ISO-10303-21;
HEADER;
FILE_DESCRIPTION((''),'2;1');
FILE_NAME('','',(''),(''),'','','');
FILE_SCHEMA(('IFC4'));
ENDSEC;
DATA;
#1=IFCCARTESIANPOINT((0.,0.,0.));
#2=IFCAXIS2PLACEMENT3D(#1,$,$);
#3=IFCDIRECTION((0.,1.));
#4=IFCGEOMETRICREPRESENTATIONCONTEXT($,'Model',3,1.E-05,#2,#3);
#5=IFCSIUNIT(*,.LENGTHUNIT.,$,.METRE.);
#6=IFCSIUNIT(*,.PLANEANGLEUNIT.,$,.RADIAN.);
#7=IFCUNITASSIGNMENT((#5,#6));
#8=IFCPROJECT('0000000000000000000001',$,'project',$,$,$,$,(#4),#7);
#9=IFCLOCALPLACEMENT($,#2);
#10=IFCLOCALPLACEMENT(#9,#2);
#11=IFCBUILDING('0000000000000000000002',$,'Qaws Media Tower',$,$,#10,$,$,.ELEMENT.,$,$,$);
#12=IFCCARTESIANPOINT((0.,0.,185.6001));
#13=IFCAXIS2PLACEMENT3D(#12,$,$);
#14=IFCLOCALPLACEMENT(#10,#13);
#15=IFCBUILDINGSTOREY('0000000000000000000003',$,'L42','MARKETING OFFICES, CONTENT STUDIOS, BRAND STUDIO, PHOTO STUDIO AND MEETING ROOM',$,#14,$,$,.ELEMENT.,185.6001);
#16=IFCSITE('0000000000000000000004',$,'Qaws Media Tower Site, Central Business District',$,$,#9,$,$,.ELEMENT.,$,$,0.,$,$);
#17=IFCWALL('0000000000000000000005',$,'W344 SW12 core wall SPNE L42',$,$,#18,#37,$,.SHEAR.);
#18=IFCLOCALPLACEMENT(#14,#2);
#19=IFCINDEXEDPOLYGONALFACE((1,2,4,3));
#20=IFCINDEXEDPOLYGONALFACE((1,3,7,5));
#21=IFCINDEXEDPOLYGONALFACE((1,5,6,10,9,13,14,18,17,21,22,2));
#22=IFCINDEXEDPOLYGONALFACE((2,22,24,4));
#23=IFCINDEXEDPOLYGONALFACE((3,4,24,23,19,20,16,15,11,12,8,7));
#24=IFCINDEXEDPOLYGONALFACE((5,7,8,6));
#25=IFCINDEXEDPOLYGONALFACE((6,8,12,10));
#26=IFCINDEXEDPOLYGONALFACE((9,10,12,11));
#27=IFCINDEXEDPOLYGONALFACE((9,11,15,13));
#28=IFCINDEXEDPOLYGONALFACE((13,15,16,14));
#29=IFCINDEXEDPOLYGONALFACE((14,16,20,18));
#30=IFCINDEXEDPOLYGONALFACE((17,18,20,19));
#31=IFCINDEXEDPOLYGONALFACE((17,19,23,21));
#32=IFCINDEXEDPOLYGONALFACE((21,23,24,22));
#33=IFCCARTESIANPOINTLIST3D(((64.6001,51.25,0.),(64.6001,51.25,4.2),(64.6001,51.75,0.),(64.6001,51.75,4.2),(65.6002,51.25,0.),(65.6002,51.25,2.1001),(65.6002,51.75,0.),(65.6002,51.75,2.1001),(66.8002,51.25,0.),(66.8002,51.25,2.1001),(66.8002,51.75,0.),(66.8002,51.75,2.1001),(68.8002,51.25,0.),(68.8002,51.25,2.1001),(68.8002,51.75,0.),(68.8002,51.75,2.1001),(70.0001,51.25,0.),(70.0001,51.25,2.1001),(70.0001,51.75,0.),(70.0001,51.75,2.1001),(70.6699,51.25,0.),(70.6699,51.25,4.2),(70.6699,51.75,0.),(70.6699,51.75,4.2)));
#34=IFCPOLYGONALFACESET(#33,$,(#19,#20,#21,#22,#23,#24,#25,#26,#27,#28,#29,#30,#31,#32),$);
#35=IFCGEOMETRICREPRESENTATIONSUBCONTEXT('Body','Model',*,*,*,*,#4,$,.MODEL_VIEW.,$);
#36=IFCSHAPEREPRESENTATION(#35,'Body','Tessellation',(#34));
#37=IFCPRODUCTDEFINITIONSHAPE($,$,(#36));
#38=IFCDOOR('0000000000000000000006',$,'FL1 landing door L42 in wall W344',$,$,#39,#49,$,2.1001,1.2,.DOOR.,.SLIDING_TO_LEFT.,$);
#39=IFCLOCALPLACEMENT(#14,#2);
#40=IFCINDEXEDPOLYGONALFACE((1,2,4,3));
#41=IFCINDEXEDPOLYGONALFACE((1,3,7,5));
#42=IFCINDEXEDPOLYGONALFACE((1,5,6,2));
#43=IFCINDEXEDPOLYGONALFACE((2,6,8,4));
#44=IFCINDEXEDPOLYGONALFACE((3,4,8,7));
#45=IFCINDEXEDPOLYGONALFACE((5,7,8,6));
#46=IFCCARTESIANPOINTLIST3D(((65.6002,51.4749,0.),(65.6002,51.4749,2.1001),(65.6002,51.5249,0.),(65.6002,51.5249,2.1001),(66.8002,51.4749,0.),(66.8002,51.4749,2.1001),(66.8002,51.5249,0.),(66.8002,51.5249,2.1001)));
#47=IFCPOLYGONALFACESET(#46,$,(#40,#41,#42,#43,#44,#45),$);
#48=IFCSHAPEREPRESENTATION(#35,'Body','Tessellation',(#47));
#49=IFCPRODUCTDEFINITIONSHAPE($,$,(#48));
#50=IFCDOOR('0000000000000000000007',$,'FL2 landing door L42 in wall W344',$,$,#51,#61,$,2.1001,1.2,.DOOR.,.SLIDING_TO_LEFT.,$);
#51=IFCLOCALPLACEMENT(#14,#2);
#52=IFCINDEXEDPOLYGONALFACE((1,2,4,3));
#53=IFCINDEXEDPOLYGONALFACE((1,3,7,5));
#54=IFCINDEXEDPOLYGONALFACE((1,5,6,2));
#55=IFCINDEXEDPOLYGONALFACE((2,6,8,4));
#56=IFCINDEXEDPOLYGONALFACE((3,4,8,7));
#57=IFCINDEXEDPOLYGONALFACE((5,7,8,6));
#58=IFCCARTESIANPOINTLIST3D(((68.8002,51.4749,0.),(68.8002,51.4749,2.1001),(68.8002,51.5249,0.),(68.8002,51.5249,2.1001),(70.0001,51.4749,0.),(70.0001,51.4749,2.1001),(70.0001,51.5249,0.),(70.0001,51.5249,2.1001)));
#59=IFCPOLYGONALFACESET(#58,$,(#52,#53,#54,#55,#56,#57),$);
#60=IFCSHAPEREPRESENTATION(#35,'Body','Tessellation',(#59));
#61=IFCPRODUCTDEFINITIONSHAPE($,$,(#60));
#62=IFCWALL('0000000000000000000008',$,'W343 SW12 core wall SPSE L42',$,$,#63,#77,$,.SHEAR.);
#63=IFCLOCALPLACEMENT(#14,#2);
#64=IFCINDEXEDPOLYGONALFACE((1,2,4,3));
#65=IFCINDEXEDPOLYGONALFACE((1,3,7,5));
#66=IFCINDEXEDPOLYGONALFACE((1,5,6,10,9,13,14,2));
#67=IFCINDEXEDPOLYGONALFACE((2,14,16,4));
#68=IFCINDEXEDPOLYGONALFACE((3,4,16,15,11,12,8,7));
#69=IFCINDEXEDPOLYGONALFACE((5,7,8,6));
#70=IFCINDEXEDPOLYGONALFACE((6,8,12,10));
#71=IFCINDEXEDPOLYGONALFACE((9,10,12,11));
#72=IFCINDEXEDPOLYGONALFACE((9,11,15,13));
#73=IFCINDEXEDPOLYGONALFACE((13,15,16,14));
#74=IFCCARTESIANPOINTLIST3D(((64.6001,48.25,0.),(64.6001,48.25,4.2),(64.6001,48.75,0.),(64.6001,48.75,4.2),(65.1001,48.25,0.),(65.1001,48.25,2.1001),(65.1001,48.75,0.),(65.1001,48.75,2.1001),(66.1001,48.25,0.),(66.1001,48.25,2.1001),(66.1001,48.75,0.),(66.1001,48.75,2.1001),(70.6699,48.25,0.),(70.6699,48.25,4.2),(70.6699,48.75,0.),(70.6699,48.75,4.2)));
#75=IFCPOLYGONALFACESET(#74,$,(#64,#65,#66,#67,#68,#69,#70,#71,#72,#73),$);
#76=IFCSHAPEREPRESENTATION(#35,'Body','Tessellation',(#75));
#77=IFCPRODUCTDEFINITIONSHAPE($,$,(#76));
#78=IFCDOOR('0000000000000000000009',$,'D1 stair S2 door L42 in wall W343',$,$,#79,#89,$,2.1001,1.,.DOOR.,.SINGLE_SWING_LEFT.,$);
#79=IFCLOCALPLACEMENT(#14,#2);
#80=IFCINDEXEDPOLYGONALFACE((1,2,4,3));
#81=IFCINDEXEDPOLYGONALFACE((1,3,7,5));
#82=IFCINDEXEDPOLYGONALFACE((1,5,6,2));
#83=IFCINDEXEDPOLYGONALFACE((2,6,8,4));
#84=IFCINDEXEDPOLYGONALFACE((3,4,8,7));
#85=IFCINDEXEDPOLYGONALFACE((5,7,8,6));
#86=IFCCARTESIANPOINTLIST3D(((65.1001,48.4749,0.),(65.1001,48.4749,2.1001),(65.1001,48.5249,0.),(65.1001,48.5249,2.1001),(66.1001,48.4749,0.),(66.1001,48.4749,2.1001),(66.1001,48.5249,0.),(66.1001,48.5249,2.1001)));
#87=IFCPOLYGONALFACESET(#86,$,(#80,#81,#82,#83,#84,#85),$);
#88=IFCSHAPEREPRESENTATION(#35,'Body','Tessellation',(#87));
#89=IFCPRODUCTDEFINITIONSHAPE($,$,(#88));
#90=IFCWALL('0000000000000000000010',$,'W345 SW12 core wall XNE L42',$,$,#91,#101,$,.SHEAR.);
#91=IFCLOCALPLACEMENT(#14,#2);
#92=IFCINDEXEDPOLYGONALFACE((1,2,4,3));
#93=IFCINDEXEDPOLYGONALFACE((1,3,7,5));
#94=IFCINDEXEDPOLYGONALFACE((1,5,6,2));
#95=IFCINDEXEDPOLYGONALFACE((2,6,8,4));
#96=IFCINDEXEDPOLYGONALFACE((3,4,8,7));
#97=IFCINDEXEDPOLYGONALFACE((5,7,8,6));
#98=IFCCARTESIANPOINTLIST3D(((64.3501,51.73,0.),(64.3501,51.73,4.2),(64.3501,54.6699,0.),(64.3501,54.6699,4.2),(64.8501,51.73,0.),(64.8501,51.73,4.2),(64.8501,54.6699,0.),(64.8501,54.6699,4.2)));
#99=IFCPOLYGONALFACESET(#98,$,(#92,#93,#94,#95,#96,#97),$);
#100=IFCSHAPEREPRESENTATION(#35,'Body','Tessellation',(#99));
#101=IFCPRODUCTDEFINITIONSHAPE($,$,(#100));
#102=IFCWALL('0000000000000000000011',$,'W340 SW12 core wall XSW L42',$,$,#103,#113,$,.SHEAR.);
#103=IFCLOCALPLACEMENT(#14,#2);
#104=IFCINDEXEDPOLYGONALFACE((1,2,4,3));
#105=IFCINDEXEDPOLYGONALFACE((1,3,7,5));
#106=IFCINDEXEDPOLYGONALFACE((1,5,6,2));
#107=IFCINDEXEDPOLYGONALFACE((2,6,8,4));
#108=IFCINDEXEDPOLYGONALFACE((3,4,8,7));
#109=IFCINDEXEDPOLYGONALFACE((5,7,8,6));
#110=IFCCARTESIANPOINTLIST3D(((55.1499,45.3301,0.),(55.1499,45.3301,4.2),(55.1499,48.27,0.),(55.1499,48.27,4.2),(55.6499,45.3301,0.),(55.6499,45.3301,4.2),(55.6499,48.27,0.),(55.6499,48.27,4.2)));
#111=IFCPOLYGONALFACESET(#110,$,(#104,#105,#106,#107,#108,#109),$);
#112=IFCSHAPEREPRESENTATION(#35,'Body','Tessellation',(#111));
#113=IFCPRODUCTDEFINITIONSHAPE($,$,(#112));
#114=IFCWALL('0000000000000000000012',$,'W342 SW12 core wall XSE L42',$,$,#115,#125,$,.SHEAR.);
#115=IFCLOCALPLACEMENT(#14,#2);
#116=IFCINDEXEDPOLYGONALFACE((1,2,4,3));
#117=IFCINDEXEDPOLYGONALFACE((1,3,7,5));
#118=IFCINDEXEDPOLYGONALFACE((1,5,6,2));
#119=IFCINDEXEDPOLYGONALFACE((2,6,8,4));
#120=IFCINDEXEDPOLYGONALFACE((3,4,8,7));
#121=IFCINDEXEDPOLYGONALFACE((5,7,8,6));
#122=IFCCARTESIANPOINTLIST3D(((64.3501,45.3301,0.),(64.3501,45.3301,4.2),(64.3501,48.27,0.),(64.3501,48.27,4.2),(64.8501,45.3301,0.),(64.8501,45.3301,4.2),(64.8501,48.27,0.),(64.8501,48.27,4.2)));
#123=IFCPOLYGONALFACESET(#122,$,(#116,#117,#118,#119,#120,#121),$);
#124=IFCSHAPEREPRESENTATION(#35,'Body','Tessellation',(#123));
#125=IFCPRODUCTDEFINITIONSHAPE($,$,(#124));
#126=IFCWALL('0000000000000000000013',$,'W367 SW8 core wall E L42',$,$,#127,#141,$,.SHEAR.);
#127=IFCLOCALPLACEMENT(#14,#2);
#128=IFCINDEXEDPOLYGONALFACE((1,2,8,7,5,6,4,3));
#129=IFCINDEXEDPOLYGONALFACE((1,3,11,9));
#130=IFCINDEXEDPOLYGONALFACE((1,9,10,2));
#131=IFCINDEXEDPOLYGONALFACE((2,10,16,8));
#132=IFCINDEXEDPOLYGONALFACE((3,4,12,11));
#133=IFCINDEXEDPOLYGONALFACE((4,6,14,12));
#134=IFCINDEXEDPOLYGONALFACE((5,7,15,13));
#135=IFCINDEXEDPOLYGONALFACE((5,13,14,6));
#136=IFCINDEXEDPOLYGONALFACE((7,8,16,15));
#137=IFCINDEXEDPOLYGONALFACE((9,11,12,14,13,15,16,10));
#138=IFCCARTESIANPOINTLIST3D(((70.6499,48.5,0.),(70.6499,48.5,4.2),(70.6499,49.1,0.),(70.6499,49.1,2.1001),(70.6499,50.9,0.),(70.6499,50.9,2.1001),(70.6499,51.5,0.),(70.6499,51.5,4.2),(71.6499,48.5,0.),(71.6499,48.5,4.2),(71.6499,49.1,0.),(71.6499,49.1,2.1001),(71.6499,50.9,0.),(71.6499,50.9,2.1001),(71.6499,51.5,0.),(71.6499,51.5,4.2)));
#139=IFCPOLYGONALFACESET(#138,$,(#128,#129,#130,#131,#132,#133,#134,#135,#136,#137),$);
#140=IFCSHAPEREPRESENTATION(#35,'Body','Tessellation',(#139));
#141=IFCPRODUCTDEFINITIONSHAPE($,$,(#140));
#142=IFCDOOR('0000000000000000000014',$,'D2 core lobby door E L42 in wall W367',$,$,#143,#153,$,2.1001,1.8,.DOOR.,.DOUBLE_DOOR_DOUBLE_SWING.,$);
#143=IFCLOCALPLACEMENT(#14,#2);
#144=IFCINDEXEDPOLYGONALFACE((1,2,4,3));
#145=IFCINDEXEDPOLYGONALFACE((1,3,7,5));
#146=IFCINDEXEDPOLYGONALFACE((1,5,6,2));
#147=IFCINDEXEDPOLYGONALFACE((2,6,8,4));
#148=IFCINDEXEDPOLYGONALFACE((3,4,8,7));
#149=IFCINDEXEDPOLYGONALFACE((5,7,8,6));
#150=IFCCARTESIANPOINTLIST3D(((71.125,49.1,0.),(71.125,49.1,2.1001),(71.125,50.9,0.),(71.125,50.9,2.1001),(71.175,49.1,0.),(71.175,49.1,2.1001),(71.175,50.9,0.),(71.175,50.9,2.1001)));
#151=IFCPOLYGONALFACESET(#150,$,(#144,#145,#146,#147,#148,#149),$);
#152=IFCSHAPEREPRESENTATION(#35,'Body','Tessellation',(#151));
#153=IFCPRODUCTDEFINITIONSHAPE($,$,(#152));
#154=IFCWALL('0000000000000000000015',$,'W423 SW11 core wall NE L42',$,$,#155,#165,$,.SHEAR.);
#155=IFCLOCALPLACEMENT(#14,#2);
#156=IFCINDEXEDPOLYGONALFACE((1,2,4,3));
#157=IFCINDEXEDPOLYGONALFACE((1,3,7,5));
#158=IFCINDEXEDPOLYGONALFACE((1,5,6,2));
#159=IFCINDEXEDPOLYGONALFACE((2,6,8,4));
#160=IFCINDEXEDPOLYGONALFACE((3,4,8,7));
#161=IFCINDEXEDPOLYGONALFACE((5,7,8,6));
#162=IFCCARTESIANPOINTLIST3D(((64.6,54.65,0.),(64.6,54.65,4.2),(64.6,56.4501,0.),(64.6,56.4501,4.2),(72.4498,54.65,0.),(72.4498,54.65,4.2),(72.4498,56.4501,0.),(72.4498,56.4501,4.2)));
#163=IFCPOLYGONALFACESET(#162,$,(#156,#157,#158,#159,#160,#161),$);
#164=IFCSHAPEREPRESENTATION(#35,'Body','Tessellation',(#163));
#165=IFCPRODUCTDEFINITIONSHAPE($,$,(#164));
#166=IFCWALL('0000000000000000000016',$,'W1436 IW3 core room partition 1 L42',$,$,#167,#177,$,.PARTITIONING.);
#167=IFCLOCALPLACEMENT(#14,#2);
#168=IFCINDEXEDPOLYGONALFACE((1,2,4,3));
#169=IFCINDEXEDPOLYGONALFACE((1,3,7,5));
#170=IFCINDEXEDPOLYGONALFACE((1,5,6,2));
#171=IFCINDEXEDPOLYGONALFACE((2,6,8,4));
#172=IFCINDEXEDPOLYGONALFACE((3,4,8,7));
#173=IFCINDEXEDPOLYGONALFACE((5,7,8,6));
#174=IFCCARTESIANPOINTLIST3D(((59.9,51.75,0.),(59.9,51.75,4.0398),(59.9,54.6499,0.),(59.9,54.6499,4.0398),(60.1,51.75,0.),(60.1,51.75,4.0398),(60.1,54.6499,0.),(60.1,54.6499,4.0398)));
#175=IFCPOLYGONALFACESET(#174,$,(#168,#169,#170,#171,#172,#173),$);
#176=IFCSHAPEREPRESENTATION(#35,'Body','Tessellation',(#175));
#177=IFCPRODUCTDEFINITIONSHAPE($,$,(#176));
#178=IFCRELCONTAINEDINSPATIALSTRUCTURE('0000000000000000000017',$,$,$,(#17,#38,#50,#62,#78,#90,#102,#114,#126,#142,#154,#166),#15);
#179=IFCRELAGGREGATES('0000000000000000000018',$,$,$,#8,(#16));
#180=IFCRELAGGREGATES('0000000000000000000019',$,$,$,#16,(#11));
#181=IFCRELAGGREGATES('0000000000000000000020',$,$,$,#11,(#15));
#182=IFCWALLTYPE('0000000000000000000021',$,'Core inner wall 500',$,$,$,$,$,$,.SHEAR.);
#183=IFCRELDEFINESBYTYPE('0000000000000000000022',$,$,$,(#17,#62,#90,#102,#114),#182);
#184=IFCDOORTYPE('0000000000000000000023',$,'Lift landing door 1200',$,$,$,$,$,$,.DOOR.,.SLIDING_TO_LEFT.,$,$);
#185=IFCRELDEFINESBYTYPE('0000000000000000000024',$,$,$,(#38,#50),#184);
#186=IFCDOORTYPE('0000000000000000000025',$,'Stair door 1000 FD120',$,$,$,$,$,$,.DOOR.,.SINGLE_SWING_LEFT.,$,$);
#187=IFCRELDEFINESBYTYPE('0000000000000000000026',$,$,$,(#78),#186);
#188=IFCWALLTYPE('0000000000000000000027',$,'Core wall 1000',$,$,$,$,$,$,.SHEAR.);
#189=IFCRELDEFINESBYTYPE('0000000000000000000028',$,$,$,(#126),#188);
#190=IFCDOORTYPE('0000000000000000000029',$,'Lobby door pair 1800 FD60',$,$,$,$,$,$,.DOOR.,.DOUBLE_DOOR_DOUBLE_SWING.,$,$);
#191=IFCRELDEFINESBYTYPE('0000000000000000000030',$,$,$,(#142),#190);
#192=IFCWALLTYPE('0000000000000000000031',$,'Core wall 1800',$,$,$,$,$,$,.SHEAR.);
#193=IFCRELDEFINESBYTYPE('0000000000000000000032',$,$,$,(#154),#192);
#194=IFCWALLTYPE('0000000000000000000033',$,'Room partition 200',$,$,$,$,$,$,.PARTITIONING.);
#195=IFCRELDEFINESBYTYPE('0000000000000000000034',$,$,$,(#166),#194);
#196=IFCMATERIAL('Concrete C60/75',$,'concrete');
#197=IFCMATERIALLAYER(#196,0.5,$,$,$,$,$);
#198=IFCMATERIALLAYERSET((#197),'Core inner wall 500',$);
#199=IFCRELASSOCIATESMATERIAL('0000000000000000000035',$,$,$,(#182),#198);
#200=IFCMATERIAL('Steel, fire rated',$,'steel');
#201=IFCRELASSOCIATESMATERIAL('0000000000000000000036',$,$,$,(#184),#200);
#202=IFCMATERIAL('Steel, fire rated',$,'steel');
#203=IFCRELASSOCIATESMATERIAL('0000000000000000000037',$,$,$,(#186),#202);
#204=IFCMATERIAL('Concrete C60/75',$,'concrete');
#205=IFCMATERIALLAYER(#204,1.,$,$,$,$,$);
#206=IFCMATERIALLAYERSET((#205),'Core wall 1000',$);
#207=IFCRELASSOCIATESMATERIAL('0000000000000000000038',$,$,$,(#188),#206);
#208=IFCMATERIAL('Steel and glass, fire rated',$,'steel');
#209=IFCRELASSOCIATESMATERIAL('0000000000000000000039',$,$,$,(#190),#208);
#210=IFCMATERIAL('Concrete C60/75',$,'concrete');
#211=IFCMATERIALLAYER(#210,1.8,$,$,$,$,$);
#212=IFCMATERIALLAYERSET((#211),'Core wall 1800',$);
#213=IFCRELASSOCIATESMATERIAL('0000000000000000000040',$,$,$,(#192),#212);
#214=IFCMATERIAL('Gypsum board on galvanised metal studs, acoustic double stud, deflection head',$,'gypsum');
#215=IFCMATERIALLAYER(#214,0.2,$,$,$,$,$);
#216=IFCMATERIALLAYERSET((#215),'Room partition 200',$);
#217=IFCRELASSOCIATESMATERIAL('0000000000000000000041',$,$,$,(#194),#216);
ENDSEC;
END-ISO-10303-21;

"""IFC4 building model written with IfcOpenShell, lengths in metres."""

from ifc_helpers import new_model, si_unit, direction, frame, frame_2d, origin, place, context, subcontext, project, spatial, rectangle, extrude, material, layer, layer_set, type_object, element, fill, save


model = new_model("IFC4")

# Units and contexts
model_context = context("Model", 3, precision=1e-05, world=origin(), true_north=direction((0.0, 1.0)))
body_context = subcontext(model_context, "Body", "Model", "MODEL_VIEW")
ifc_project = project(units=[si_unit("LENGTHUNIT", "METRE"), si_unit("PLANEANGLEUNIT", "RADIAN")], contexts=[model_context])

# Site, building, storey
site_placement = place(None, origin())
site = spatial("IfcSite", under=ifc_project, at=site_placement, Name="Qaws Media Tower Site, Central Business District", CompositionType="ELEMENT", RefElevation=0.0)
building_placement = place(site_placement, origin())
building = spatial("IfcBuilding", under=site, at=building_placement, Name="Qaws Media Tower", CompositionType="ELEMENT")
storey_placement = place(building_placement, frame((0.0, 0.0, 185.6001)))
storey = spatial("IfcBuildingStorey", under=building, at=storey_placement, Name="L42", Description="MARKETING OFFICES, CONTENT STUDIOS, BRAND STUDIO, PHOTO STUDIO AND MEETING ROOM", CompositionType="ELEMENT", Elevation=185.6001)

# Wall, openings, doors
ifc_material_1 = material(Name="Concrete C60/75", Category="concrete")
ifc_layer_1 = layer(ifc_material_1, 0.5)
ifc_layer_set_1 = layer_set([ifc_layer_1], Name="Core inner wall 500")
wall_type_1 = type_object("IfcWallType", Name="Core inner wall 500", PredefinedType="SHEAR", material=ifc_layer_set_1)
wall_1_placement = place(storey_placement, frame((64.6001, 51.5, 0.0), z_axis=(0.0, 0.0, 1.0), x_axis=(1.0, 0.0, 0.0)))
wall_1 = element("IfcWall", 1, at=wall_1_placement, inside=storey, type_object=wall_type_1, Name="W344 SW12 core wall SPNE L42", PredefinedType="SHEAR", context=body_context, shape_type="SweptSolid", body=[
    extrude(rectangle(XDim=6.0698, YDim=0.5, at=frame_2d((3.0349, 0.0))), origin(), (0.0, 0.0, 1.0), 4.2),
])
opening_1_placement = place(wall_1_placement, frame((1.0, 0.0, 0.0)))
opening_1 = element("IfcOpeningElement", 2, at=opening_1_placement, cuts=wall_1, PredefinedType="OPENING", context=body_context, shape_type="SweptSolid", body=[
    extrude(rectangle(XDim=1.2, YDim=2.1001, at=frame_2d((0.6001, 1.05))), frame((0.0, 0.26, 0.0), z_axis=(0.0, -1.0, 0.0), x_axis=(1.0, 0.0, 0.0)), (0.0, 0.0, 1.0), 0.52),
])
opening_2_placement = place(wall_1_placement, frame((4.2, 0.0, 0.0)))
opening_2 = element("IfcOpeningElement", 3, at=opening_2_placement, cuts=wall_1, PredefinedType="OPENING", context=body_context, shape_type="SweptSolid", body=[
    extrude(rectangle(XDim=1.2, YDim=2.1001, at=frame_2d((0.6001, 1.05))), frame((0.0, 0.26, 0.0), z_axis=(0.0, -1.0, 0.0), x_axis=(1.0, 0.0, 0.0)), (0.0, 0.0, 1.0), 0.52),
])
ifc_material_2 = material(Name="Steel, fire rated", Category="steel")
door_type_1 = type_object("IfcDoorType", Name="Lift landing door 1200", OperationType="SLIDING_TO_LEFT", PredefinedType="DOOR", material=ifc_material_2)
door_1_placement = place(opening_1_placement, origin())
door_1 = element("IfcDoor", 4, at=door_1_placement, inside=storey, type_object=door_type_1, Name="FL1 landing door L42 in wall W344", OperationType="SLIDING_TO_LEFT", OverallHeight=2.1001, OverallWidth=1.2, PredefinedType="DOOR", context=body_context, shape_type="SweptSolid", body=[
    extrude(rectangle(XDim=1.2, YDim=2.1001, at=frame_2d((0.6001, 1.05))), frame((0.0, 0.0249, 0.0), z_axis=(0.0, -1.0, 0.0), x_axis=(1.0, 0.0, 0.0)), (0.0, 0.0, 1.0), 0.05),
])
fill(opening_1, door_1)
door_2_placement = place(opening_2_placement, origin())
door_2 = element("IfcDoor", 5, at=door_2_placement, inside=storey, type_object=door_type_1, Name="FL2 landing door L42 in wall W344", OperationType="SLIDING_TO_LEFT", OverallHeight=2.1001, OverallWidth=1.2, PredefinedType="DOOR", context=body_context, shape_type="SweptSolid", body=[
    extrude(rectangle(XDim=1.2, YDim=2.1001, at=frame_2d((0.6001, 1.05))), frame((0.0, 0.0249, 0.0), z_axis=(0.0, -1.0, 0.0), x_axis=(1.0, 0.0, 0.0)), (0.0, 0.0, 1.0), 0.05),
])
fill(opening_2, door_2)

# Wall, opening, door
wall_2_placement = place(storey_placement, frame((64.6001, 48.5, 0.0), z_axis=(0.0, 0.0, 1.0), x_axis=(1.0, 0.0, 0.0)))
wall_2 = element("IfcWall", 6, at=wall_2_placement, inside=storey, type_object=wall_type_1, Name="W343 SW12 core wall SPSE L42", PredefinedType="SHEAR", context=body_context, shape_type="SweptSolid", body=[
    extrude(rectangle(XDim=6.0698, YDim=0.5, at=frame_2d((3.0349, 0.0))), origin(), (0.0, 0.0, 1.0), 4.2),
])
opening_3_placement = place(wall_2_placement, frame((0.5, 0.0, 0.0)))
opening_3 = element("IfcOpeningElement", 7, at=opening_3_placement, cuts=wall_2, PredefinedType="OPENING", context=body_context, shape_type="SweptSolid", body=[
    extrude(rectangle(XDim=1.0, YDim=2.1001, at=frame_2d((0.5, 1.05))), frame((0.0, 0.26, 0.0), z_axis=(0.0, -1.0, 0.0), x_axis=(1.0, 0.0, 0.0)), (0.0, 0.0, 1.0), 0.52),
])
ifc_material_3 = material(Name="Steel, fire rated", Category="steel")
door_type_2 = type_object("IfcDoorType", Name="Stair door 1000 FD120", OperationType="SINGLE_SWING_LEFT", PredefinedType="DOOR", material=ifc_material_3)
door_3_placement = place(opening_3_placement, origin())
door_3 = element("IfcDoor", 8, at=door_3_placement, inside=storey, type_object=door_type_2, Name="D1 stair S2 door L42 in wall W343", OperationType="SINGLE_SWING_LEFT", OverallHeight=2.1001, OverallWidth=1.0, PredefinedType="DOOR", context=body_context, shape_type="SweptSolid", body=[
    extrude(rectangle(XDim=1.0, YDim=2.1001, at=frame_2d((0.5, 1.05))), frame((0.0, 0.0249, 0.0), z_axis=(0.0, -1.0, 0.0), x_axis=(1.0, 0.0, 0.0)), (0.0, 0.0, 1.0), 0.05),
])
fill(opening_3, door_3)

# Walls
for number, where, z_axis, x_axis, name in (
    (9, (64.6001, 51.73, 0.0), (0.0, 0.0, 1.0), (0.0, 1.0, 0.0), "W345 SW12 core wall XNE L42"),
    (10, (55.3999, 48.27, 0.0), (0.0, 0.0, 1.0), (0.0, -1.0, 0.0), "W340 SW12 core wall XSW L42"),
    (11, (64.6001, 48.27, 0.0), (0.0, 0.0, 1.0), (0.0, -1.0, 0.0), "W342 SW12 core wall XSE L42"),
):
    element("IfcWall", number, at=place(storey_placement, frame(where, z_axis=z_axis, x_axis=x_axis)), inside=storey, type_object=wall_type_1, Name=name, PredefinedType="SHEAR", context=body_context, shape_type="SweptSolid", body=[
        extrude(rectangle(XDim=2.9399, YDim=0.5, at=frame_2d((1.47, 0.0))), origin(), (0.0, 0.0, 1.0), 4.2),
    ])

# Wall, opening, door
ifc_material_4 = material(Name="Concrete C60/75", Category="concrete")
ifc_layer_2 = layer(ifc_material_4, 1.0)
ifc_layer_set_2 = layer_set([ifc_layer_2], Name="Core wall 1000")
wall_type_2 = type_object("IfcWallType", Name="Core wall 1000", PredefinedType="SHEAR", material=ifc_layer_set_2)
wall_3_placement = place(storey_placement, frame((71.1499, 48.5, 0.0), z_axis=(0.0, 0.0, 1.0), x_axis=(0.0, 1.0, 0.0)))
wall_3 = element("IfcWall", 12, at=wall_3_placement, inside=storey, type_object=wall_type_2, Name="W367 SW8 core wall E L42", PredefinedType="SHEAR", context=body_context, shape_type="SweptSolid", body=[
    extrude(rectangle(XDim=3.0, YDim=1.0, at=frame_2d((1.5, 0.0))), origin(), (0.0, 0.0, 1.0), 4.2),
])
opening_4_placement = place(wall_3_placement, frame((0.6001, 0.0, 0.0)))
opening_4 = element("IfcOpeningElement", 13, at=opening_4_placement, cuts=wall_3, PredefinedType="OPENING", context=body_context, shape_type="SweptSolid", body=[
    extrude(rectangle(XDim=1.8, YDim=2.1001, at=frame_2d((0.8999, 1.05))), frame((0.0, 0.51, 0.0), z_axis=(0.0, -1.0, 0.0), x_axis=(1.0, 0.0, 0.0)), (0.0, 0.0, 1.0), 1.02),
])
ifc_material_5 = material(Name="Steel and glass, fire rated", Category="steel")
door_type_3 = type_object("IfcDoorType", Name="Lobby door pair 1800 FD60", OperationType="DOUBLE_DOOR_DOUBLE_SWING", PredefinedType="DOOR", material=ifc_material_5)
door_4_placement = place(opening_4_placement, origin())
door_4 = element("IfcDoor", 14, at=door_4_placement, inside=storey, type_object=door_type_3, Name="D2 core lobby door E L42 in wall W367", OperationType="DOUBLE_DOOR_DOUBLE_SWING", OverallHeight=2.1001, OverallWidth=1.8, PredefinedType="DOOR", context=body_context, shape_type="SweptSolid", body=[
    extrude(rectangle(XDim=1.8, YDim=2.1001, at=frame_2d((0.8999, 1.05))), frame((0.0, 0.0249, 0.0), z_axis=(0.0, -1.0, 0.0), x_axis=(1.0, 0.0, 0.0)), (0.0, 0.0, 1.0), 0.05),
])
fill(opening_4, door_4)

# Walls
ifc_material_6 = material(Name="Concrete C60/75", Category="concrete")
ifc_layer_3 = layer(ifc_material_6, 1.8)
ifc_layer_set_3 = layer_set([ifc_layer_3], Name="Core wall 1800")
wall_type_3 = type_object("IfcWallType", Name="Core wall 1800", PredefinedType="SHEAR", material=ifc_layer_set_3)
wall_4_placement = place(storey_placement, frame((64.6001, 55.55, 0.0), z_axis=(0.0, 0.0, 1.0), x_axis=(1.0, 0.0, 0.0)))
element("IfcWall", 15, at=wall_4_placement, inside=storey, type_object=wall_type_3, Name="W423 SW11 core wall NE L42", PredefinedType="SHEAR", context=body_context, shape_type="SweptSolid", body=[
    extrude(rectangle(XDim=7.8499, YDim=1.8, at=frame_2d((3.9248, 0.0))), origin(), (0.0, 0.0, 1.0), 4.2),
])
ifc_material_7 = material(Name="Gypsum board on galvanised metal studs, acoustic double stud, deflection head", Category="gypsum")
ifc_layer_4 = layer(ifc_material_7, 0.2)
ifc_layer_set_4 = layer_set([ifc_layer_4], Name="Room partition 200")
wall_type_4 = type_object("IfcWallType", Name="Room partition 200", PredefinedType="PARTITIONING", material=ifc_layer_set_4)
wall_5_placement = place(storey_placement, frame((60.0, 51.75, 0.0), z_axis=(0.0, 0.0, 1.0), x_axis=(0.0, 1.0, 0.0)))
element("IfcWall", 16, at=wall_5_placement, inside=storey, type_object=wall_type_4, Name="W1436 IW3 core room partition 1 L42", PredefinedType="PARTITIONING", context=body_context, shape_type="SweptSolid", body=[
    extrude(rectangle(XDim=2.8999, YDim=0.2, at=frame_2d((1.45, 0.0))), origin(), (0.0, 0.0, 1.0), 4.0398),
])

save(model, "model.ifc")
